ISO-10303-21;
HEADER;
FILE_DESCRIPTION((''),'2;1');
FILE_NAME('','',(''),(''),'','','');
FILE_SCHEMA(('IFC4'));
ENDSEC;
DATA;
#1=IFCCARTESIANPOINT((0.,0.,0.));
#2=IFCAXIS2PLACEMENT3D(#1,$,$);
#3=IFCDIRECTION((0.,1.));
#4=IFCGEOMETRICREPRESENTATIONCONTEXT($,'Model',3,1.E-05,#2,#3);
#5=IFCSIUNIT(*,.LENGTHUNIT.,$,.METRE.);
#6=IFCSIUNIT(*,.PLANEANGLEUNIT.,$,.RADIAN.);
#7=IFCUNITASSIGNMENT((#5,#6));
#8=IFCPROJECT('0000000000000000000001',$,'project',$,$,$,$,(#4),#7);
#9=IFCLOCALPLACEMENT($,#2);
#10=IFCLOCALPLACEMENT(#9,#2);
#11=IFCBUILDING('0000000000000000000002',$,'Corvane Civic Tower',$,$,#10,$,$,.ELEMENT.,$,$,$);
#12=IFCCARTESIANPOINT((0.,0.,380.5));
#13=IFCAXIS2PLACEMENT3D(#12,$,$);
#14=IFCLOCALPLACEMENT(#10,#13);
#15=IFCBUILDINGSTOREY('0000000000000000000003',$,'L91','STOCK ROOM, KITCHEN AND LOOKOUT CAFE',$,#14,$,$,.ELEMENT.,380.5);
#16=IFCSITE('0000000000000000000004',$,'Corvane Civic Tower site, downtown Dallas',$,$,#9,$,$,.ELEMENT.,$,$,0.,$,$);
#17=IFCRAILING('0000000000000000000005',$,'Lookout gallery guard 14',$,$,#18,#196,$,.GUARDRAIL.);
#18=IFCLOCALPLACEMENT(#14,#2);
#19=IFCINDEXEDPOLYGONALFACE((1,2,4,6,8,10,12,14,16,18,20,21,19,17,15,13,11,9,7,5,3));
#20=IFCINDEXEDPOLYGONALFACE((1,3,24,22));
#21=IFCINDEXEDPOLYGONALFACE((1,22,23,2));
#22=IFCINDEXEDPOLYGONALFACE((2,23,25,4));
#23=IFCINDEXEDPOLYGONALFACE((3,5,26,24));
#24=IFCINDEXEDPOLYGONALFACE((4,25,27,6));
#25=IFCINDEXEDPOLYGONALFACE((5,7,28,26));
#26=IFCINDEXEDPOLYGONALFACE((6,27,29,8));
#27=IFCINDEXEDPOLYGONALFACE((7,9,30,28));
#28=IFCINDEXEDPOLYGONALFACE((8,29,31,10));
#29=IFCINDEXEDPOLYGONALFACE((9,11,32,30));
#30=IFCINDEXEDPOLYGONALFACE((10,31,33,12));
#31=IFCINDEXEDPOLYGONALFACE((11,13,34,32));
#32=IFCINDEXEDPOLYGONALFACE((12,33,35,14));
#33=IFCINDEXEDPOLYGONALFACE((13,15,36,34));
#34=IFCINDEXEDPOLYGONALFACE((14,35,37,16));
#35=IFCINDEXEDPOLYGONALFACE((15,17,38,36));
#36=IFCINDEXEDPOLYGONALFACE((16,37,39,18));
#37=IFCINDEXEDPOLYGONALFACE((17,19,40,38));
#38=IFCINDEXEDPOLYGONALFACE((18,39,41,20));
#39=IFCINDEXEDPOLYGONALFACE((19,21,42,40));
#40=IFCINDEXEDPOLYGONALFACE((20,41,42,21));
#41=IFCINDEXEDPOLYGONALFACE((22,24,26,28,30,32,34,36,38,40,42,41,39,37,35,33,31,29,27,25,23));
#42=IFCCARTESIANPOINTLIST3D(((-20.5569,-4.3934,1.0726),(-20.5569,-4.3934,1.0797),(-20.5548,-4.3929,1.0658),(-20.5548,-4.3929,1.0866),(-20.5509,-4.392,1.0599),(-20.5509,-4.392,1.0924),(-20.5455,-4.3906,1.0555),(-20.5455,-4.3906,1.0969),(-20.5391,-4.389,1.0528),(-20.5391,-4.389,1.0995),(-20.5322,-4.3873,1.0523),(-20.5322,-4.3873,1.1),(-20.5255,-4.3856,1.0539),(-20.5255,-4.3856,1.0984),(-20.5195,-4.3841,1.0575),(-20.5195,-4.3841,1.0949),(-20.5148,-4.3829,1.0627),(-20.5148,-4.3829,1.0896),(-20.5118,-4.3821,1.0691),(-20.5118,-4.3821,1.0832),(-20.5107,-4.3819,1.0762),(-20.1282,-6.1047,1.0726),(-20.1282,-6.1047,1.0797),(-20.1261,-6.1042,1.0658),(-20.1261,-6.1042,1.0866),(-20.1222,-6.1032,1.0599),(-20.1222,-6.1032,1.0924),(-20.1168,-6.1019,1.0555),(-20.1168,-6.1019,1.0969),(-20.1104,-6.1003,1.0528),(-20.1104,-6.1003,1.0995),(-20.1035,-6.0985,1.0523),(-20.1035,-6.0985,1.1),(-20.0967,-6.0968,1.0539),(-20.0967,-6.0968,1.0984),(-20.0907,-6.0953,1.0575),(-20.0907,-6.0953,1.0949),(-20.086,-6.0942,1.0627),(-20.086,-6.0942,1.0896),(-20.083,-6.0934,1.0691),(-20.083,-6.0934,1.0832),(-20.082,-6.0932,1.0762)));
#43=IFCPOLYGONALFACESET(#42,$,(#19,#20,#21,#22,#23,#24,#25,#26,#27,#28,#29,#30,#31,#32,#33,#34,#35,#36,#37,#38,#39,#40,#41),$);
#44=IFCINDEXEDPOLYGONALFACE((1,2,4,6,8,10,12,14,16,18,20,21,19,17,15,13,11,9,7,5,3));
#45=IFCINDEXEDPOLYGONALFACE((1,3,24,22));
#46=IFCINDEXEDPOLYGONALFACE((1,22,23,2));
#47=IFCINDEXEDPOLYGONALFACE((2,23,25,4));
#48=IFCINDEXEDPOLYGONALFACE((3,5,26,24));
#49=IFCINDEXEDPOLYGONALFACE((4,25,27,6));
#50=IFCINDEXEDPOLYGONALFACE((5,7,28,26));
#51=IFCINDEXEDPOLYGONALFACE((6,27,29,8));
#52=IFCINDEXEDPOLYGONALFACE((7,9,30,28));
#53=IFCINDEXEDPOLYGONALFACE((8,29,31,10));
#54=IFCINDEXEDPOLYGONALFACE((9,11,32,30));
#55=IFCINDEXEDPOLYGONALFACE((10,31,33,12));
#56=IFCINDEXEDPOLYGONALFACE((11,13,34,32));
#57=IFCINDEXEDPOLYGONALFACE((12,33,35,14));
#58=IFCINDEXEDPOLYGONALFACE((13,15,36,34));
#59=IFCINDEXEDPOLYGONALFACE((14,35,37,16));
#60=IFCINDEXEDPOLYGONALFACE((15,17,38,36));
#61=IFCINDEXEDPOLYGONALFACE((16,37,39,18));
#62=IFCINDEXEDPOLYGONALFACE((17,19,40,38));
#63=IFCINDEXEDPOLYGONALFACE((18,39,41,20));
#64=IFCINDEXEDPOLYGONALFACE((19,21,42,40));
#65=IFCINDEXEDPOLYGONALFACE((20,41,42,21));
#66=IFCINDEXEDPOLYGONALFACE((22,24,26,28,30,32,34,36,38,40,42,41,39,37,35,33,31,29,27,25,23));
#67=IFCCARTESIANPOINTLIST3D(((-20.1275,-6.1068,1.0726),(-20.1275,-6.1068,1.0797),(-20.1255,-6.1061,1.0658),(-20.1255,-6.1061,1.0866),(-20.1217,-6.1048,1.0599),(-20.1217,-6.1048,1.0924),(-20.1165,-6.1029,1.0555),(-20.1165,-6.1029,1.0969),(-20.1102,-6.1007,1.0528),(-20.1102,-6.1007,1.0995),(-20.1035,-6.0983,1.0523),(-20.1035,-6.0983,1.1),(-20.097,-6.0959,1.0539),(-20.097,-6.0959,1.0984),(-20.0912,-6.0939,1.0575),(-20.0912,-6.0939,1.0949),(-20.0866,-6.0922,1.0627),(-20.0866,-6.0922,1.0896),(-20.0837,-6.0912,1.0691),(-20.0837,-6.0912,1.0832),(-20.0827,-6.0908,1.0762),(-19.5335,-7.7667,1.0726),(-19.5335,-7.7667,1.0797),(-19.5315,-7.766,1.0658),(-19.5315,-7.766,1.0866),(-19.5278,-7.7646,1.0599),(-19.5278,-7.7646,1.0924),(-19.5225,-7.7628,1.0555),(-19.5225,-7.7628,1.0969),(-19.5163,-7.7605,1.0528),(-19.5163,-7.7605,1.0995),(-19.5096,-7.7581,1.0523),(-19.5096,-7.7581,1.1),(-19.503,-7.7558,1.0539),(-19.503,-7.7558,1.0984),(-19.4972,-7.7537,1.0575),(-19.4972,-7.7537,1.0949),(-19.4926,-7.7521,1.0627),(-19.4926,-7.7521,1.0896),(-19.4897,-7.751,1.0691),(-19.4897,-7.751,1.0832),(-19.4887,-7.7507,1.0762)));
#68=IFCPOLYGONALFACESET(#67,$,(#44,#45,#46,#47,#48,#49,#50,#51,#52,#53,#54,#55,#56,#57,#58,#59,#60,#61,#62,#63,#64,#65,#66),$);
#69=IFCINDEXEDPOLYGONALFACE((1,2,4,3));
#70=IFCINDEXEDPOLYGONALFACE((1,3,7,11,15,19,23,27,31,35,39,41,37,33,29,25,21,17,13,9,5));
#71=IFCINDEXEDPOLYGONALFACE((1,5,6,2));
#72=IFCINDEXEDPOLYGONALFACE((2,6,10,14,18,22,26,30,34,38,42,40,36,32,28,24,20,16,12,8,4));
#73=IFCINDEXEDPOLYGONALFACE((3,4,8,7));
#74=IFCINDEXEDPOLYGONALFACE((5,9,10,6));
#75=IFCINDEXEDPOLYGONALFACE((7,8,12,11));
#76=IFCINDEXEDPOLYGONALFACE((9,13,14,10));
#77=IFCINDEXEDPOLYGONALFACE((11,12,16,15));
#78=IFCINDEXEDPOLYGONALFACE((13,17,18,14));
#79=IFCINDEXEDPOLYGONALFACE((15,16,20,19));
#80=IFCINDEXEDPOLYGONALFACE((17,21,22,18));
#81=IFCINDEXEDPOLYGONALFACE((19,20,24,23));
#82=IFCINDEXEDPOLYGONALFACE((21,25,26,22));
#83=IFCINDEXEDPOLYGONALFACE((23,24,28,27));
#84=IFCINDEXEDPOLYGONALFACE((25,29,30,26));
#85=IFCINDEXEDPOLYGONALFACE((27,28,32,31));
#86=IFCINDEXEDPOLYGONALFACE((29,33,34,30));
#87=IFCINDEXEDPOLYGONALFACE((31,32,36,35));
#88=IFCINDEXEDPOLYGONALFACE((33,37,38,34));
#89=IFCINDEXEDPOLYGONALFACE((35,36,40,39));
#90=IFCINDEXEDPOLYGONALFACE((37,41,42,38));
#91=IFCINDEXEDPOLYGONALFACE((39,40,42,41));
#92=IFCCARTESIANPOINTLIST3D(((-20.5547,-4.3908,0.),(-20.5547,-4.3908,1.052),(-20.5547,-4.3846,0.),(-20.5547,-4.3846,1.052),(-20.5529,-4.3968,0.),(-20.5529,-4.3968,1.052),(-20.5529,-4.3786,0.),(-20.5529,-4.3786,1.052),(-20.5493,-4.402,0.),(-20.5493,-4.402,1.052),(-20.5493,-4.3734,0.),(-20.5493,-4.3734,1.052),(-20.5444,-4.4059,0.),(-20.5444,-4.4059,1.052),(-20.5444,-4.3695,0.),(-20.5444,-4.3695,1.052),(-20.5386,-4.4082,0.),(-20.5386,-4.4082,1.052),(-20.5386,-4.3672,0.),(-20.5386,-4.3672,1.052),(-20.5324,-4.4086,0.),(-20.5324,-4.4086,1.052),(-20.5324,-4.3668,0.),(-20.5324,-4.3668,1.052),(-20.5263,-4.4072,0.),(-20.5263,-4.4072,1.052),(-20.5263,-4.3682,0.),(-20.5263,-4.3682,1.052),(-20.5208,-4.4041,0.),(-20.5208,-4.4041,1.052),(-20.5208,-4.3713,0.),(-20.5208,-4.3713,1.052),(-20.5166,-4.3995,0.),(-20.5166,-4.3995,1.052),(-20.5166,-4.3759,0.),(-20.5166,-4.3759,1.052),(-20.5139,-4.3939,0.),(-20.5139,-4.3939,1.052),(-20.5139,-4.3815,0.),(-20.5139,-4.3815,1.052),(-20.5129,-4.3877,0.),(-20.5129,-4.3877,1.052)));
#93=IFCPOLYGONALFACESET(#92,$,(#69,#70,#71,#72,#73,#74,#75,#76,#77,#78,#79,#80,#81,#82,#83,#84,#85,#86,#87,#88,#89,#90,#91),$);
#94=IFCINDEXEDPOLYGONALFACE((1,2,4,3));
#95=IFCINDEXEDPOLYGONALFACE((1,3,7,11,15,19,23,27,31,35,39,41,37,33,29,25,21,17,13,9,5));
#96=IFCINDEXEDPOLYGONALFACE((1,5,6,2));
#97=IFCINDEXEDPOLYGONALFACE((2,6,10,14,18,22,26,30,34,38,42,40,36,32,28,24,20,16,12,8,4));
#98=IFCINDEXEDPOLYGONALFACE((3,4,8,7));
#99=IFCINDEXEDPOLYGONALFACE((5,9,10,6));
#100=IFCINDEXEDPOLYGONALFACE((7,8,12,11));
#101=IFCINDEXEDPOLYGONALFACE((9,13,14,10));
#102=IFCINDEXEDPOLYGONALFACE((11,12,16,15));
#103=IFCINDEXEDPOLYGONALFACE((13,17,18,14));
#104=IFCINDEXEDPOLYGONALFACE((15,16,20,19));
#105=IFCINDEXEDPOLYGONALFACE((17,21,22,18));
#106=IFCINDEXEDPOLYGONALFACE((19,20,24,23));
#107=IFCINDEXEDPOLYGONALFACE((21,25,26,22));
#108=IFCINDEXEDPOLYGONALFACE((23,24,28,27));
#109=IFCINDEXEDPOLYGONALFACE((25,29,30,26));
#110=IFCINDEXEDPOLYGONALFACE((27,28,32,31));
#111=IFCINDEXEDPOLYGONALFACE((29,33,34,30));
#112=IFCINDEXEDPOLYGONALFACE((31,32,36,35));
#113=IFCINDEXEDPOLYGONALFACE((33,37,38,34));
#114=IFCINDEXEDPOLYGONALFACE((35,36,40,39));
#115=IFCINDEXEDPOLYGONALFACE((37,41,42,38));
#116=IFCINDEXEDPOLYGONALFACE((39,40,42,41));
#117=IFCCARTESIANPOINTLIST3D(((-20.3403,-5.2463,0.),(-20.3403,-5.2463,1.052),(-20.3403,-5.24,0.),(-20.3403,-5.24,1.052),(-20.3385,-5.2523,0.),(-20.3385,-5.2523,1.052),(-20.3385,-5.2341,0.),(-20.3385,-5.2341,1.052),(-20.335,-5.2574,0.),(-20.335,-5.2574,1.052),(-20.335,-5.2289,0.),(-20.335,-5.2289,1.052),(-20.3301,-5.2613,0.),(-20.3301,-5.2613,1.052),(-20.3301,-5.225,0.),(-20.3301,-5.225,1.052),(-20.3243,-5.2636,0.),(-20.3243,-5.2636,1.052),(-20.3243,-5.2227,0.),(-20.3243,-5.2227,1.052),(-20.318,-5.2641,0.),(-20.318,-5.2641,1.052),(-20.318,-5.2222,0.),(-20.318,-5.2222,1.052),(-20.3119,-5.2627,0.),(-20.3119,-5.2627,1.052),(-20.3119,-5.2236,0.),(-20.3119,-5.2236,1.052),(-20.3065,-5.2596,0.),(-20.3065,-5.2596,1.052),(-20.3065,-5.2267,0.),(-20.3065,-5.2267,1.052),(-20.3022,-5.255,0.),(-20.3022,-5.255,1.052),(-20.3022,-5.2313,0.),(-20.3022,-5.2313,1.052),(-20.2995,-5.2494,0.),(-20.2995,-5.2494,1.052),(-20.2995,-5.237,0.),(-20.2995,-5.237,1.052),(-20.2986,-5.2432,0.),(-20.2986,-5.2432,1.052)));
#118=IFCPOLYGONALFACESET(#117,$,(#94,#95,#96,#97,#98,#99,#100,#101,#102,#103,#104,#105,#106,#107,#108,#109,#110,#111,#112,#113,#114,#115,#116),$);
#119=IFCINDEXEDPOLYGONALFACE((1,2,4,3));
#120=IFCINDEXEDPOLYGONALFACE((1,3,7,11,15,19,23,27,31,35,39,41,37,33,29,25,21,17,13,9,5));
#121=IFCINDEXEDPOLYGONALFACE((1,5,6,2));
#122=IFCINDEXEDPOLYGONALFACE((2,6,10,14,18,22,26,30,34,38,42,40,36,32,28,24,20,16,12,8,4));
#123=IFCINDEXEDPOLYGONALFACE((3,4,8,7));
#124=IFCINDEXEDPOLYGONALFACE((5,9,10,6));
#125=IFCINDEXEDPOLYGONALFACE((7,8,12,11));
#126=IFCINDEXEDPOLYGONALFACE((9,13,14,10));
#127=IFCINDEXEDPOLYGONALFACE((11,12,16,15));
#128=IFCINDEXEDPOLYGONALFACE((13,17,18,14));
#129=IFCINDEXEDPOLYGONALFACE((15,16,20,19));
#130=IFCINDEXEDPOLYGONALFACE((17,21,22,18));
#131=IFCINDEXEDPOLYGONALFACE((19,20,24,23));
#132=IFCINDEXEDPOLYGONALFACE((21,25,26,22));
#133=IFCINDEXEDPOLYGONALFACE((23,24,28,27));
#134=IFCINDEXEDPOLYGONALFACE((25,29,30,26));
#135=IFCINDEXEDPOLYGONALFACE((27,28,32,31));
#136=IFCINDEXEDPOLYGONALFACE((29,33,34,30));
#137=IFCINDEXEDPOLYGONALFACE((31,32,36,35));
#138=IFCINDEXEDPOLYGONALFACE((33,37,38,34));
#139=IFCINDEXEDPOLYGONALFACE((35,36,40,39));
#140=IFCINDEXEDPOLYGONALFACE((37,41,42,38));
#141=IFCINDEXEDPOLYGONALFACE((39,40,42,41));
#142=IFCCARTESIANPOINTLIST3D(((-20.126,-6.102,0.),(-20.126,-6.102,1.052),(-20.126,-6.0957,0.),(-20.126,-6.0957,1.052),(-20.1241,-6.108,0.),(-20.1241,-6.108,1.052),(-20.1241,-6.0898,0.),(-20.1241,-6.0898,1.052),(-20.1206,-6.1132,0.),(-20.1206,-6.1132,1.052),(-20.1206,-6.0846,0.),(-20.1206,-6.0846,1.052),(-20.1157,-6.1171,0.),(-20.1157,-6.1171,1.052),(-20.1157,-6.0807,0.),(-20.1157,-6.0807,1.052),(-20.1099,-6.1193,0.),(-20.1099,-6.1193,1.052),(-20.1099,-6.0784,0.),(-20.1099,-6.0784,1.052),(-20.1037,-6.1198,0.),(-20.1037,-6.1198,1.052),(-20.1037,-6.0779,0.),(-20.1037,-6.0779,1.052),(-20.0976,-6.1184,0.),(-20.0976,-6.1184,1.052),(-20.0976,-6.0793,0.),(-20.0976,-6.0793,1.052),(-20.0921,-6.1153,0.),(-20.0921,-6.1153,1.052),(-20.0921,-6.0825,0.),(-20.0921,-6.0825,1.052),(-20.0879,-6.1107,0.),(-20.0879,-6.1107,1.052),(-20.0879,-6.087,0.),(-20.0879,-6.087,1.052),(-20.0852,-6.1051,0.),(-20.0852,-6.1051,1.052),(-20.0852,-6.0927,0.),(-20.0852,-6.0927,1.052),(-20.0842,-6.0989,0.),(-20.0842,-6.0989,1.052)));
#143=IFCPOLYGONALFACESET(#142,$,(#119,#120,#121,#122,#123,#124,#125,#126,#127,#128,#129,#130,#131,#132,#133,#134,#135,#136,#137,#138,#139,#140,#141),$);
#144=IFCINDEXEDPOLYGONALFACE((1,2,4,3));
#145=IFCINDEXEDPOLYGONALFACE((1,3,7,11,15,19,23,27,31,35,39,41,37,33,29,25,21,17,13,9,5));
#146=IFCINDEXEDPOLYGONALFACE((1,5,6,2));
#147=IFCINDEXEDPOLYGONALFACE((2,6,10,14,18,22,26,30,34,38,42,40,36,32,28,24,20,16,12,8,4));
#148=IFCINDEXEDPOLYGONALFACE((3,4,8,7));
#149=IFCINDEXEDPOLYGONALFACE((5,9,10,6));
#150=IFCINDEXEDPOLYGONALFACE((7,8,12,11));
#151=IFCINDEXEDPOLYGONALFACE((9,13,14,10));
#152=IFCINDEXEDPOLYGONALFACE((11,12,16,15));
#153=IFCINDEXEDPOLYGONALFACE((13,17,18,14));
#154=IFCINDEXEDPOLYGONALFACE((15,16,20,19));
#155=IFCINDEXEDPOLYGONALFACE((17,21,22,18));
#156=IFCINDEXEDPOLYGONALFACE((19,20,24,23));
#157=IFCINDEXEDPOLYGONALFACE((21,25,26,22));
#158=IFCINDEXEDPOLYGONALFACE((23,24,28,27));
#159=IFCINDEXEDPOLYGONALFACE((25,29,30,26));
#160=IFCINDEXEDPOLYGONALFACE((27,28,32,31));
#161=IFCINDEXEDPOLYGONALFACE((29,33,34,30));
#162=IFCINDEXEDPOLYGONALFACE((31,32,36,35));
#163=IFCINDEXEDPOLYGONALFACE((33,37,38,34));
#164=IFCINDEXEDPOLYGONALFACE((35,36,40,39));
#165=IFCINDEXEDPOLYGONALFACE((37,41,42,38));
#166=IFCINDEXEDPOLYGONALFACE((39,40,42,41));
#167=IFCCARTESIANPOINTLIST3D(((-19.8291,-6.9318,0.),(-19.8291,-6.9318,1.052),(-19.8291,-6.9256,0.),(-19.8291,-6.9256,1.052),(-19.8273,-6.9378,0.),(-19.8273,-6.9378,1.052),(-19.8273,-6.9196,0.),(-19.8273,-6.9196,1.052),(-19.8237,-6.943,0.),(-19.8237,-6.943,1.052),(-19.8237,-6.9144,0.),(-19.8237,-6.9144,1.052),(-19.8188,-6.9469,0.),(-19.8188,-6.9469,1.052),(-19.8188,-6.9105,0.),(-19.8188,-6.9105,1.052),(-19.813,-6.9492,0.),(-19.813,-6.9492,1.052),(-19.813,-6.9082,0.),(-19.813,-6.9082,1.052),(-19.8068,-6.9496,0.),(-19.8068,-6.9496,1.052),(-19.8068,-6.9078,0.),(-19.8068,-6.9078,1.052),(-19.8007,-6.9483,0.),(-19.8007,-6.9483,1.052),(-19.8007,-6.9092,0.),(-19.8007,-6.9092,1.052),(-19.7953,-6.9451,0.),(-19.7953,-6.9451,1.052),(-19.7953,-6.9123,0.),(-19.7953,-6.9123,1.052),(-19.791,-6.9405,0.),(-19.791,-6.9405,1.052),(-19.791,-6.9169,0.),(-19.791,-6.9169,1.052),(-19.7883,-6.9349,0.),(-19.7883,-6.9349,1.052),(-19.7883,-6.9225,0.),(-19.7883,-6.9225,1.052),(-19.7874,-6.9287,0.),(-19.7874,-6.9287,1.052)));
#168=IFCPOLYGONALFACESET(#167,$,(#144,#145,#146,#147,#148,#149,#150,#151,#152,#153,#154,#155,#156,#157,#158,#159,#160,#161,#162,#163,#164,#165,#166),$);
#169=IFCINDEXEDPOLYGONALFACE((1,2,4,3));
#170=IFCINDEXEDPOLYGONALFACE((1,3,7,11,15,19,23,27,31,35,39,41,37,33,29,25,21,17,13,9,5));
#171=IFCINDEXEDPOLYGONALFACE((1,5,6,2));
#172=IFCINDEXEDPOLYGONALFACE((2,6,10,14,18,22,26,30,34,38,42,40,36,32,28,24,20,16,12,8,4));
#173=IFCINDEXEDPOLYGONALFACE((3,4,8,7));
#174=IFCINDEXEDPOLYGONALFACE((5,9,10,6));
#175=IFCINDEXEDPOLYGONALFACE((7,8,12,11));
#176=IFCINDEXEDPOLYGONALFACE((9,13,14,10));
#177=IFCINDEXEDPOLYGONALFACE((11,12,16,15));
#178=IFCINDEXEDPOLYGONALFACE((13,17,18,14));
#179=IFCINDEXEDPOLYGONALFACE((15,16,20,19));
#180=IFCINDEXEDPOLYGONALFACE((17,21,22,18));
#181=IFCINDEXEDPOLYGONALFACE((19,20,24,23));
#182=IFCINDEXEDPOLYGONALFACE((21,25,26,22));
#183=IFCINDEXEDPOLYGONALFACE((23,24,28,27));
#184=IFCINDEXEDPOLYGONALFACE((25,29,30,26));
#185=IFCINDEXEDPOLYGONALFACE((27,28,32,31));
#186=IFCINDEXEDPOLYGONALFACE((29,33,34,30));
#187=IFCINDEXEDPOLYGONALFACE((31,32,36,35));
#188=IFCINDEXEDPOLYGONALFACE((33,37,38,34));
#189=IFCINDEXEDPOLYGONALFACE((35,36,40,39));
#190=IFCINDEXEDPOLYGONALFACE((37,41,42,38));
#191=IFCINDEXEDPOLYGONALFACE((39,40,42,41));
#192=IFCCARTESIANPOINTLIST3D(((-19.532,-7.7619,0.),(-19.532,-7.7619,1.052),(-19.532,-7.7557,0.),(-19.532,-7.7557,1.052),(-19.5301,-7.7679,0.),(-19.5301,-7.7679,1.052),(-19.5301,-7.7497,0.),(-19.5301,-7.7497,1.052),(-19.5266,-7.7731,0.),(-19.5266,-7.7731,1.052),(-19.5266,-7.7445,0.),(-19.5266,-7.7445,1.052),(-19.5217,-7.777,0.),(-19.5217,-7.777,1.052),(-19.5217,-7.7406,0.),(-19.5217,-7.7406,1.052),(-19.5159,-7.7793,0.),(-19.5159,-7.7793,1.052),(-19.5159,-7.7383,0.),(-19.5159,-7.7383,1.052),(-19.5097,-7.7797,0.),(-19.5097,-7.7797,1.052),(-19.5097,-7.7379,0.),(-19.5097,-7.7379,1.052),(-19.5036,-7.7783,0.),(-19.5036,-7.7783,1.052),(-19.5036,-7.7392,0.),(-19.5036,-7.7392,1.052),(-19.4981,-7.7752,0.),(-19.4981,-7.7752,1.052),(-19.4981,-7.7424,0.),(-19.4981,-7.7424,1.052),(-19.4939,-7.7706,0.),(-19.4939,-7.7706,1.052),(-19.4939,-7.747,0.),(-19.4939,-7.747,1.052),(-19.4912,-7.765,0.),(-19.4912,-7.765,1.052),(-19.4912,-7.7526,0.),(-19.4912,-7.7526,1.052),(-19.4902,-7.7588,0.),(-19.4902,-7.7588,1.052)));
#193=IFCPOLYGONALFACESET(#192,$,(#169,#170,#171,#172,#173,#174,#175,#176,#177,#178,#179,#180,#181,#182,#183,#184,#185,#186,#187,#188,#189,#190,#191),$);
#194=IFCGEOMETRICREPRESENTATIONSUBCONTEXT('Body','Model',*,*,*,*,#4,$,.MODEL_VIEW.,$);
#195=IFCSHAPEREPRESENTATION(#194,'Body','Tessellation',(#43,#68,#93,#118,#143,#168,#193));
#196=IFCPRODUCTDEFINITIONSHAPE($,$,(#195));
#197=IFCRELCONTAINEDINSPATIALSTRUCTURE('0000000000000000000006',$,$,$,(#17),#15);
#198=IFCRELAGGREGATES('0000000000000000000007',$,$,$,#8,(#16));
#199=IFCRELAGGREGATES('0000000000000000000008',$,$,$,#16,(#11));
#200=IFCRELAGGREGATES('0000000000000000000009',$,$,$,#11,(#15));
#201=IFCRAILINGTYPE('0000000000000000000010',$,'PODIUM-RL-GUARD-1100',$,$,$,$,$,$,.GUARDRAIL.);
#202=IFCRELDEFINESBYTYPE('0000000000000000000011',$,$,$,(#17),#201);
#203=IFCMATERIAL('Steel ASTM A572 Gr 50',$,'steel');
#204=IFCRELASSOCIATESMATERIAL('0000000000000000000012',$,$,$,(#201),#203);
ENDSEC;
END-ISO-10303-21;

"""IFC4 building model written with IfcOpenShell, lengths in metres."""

from ifc_helpers import new_model, si_unit, direction, frame, origin, origin_2d, place, context, subcontext, project, spatial, circle, extrude, material, type_object, element, save


model = new_model("IFC4")

# Units and contexts
model_context = context("Model", 3, precision=1e-05, world=origin(), true_north=direction((0.0, 1.0)))
body_context = subcontext(model_context, "Body", "Model", "MODEL_VIEW")
ifc_project = project(units=[si_unit("LENGTHUNIT", "METRE"), si_unit("PLANEANGLEUNIT", "RADIAN")], contexts=[model_context])

# Site, building, storey
site_placement = place(None, origin())
site = spatial("IfcSite", under=ifc_project, at=site_placement, Name="Corvane Civic Tower site, downtown Dallas", CompositionType="ELEMENT", RefElevation=0.0)
building_placement = place(site_placement, origin())
building = spatial("IfcBuilding", under=site, at=building_placement, Name="Corvane Civic Tower", CompositionType="ELEMENT")
storey_placement = place(building_placement, frame((0.0, 0.0, 380.5)))
storey = spatial("IfcBuildingStorey", under=building, at=storey_placement, Name="L91", Description="STOCK ROOM, KITCHEN AND LOOKOUT CAFE", CompositionType="ELEMENT", Elevation=380.5)

# Railing
ifc_material_1 = material(Name="Steel ASTM A572 Gr 50", Category="steel")
railing_type = type_object("IfcRailingType", Name="PODIUM-RL-GUARD-1100", PredefinedType="GUARDRAIL", material=ifc_material_1)
railing_1_placement = place(storey_placement, frame((-20.5339, -4.3877, 0.0)))
element("IfcRailing", 1, at=railing_1_placement, inside=storey, type_object=railing_type, Name="Lookout gallery guard 14", PredefinedType="GUARDRAIL", context=body_context, shape_type="SweptSolid", body=[
    extrude(circle(Radius=0.0239, at=origin_2d()), frame((0.0, 0.0, 1.0762), z_axis=(0.243024, -0.97002, 0.0), x_axis=(0.97002, 0.243024, 0.0)), (0.0, 0.0, 1.0), 1.7642),
    extrude(circle(Radius=0.0239, at=origin_2d()), frame((0.4287, -1.7112, 1.0762), z_axis=(0.336924, -0.941532, 0.0), x_axis=(0.941532, 0.336924, 0.0)), (0.0, 0.0, 1.0), 1.7629),
    extrude(circle(Radius=0.021, at=origin_2d()), origin(), (0.0, 0.0, 1.0), 1.052),
    extrude(circle(Radius=0.021, at=origin_2d()), frame((0.2144, -0.8555, 0.0)), (0.0, 0.0, 1.0), 1.052),
    extrude(circle(Radius=0.021, at=origin_2d()), frame((0.4287, -1.7112, 0.0)), (0.0, 0.0, 1.0), 1.052),
    extrude(circle(Radius=0.021, at=origin_2d()), frame((0.7256, -2.541, 0.0)), (0.0, 0.0, 1.0), 1.052),
    extrude(circle(Radius=0.021, at=origin_2d()), frame((1.0227, -3.3711, 0.0)), (0.0, 0.0, 1.0), 1.052),
])

save(model, "model.ifc")
